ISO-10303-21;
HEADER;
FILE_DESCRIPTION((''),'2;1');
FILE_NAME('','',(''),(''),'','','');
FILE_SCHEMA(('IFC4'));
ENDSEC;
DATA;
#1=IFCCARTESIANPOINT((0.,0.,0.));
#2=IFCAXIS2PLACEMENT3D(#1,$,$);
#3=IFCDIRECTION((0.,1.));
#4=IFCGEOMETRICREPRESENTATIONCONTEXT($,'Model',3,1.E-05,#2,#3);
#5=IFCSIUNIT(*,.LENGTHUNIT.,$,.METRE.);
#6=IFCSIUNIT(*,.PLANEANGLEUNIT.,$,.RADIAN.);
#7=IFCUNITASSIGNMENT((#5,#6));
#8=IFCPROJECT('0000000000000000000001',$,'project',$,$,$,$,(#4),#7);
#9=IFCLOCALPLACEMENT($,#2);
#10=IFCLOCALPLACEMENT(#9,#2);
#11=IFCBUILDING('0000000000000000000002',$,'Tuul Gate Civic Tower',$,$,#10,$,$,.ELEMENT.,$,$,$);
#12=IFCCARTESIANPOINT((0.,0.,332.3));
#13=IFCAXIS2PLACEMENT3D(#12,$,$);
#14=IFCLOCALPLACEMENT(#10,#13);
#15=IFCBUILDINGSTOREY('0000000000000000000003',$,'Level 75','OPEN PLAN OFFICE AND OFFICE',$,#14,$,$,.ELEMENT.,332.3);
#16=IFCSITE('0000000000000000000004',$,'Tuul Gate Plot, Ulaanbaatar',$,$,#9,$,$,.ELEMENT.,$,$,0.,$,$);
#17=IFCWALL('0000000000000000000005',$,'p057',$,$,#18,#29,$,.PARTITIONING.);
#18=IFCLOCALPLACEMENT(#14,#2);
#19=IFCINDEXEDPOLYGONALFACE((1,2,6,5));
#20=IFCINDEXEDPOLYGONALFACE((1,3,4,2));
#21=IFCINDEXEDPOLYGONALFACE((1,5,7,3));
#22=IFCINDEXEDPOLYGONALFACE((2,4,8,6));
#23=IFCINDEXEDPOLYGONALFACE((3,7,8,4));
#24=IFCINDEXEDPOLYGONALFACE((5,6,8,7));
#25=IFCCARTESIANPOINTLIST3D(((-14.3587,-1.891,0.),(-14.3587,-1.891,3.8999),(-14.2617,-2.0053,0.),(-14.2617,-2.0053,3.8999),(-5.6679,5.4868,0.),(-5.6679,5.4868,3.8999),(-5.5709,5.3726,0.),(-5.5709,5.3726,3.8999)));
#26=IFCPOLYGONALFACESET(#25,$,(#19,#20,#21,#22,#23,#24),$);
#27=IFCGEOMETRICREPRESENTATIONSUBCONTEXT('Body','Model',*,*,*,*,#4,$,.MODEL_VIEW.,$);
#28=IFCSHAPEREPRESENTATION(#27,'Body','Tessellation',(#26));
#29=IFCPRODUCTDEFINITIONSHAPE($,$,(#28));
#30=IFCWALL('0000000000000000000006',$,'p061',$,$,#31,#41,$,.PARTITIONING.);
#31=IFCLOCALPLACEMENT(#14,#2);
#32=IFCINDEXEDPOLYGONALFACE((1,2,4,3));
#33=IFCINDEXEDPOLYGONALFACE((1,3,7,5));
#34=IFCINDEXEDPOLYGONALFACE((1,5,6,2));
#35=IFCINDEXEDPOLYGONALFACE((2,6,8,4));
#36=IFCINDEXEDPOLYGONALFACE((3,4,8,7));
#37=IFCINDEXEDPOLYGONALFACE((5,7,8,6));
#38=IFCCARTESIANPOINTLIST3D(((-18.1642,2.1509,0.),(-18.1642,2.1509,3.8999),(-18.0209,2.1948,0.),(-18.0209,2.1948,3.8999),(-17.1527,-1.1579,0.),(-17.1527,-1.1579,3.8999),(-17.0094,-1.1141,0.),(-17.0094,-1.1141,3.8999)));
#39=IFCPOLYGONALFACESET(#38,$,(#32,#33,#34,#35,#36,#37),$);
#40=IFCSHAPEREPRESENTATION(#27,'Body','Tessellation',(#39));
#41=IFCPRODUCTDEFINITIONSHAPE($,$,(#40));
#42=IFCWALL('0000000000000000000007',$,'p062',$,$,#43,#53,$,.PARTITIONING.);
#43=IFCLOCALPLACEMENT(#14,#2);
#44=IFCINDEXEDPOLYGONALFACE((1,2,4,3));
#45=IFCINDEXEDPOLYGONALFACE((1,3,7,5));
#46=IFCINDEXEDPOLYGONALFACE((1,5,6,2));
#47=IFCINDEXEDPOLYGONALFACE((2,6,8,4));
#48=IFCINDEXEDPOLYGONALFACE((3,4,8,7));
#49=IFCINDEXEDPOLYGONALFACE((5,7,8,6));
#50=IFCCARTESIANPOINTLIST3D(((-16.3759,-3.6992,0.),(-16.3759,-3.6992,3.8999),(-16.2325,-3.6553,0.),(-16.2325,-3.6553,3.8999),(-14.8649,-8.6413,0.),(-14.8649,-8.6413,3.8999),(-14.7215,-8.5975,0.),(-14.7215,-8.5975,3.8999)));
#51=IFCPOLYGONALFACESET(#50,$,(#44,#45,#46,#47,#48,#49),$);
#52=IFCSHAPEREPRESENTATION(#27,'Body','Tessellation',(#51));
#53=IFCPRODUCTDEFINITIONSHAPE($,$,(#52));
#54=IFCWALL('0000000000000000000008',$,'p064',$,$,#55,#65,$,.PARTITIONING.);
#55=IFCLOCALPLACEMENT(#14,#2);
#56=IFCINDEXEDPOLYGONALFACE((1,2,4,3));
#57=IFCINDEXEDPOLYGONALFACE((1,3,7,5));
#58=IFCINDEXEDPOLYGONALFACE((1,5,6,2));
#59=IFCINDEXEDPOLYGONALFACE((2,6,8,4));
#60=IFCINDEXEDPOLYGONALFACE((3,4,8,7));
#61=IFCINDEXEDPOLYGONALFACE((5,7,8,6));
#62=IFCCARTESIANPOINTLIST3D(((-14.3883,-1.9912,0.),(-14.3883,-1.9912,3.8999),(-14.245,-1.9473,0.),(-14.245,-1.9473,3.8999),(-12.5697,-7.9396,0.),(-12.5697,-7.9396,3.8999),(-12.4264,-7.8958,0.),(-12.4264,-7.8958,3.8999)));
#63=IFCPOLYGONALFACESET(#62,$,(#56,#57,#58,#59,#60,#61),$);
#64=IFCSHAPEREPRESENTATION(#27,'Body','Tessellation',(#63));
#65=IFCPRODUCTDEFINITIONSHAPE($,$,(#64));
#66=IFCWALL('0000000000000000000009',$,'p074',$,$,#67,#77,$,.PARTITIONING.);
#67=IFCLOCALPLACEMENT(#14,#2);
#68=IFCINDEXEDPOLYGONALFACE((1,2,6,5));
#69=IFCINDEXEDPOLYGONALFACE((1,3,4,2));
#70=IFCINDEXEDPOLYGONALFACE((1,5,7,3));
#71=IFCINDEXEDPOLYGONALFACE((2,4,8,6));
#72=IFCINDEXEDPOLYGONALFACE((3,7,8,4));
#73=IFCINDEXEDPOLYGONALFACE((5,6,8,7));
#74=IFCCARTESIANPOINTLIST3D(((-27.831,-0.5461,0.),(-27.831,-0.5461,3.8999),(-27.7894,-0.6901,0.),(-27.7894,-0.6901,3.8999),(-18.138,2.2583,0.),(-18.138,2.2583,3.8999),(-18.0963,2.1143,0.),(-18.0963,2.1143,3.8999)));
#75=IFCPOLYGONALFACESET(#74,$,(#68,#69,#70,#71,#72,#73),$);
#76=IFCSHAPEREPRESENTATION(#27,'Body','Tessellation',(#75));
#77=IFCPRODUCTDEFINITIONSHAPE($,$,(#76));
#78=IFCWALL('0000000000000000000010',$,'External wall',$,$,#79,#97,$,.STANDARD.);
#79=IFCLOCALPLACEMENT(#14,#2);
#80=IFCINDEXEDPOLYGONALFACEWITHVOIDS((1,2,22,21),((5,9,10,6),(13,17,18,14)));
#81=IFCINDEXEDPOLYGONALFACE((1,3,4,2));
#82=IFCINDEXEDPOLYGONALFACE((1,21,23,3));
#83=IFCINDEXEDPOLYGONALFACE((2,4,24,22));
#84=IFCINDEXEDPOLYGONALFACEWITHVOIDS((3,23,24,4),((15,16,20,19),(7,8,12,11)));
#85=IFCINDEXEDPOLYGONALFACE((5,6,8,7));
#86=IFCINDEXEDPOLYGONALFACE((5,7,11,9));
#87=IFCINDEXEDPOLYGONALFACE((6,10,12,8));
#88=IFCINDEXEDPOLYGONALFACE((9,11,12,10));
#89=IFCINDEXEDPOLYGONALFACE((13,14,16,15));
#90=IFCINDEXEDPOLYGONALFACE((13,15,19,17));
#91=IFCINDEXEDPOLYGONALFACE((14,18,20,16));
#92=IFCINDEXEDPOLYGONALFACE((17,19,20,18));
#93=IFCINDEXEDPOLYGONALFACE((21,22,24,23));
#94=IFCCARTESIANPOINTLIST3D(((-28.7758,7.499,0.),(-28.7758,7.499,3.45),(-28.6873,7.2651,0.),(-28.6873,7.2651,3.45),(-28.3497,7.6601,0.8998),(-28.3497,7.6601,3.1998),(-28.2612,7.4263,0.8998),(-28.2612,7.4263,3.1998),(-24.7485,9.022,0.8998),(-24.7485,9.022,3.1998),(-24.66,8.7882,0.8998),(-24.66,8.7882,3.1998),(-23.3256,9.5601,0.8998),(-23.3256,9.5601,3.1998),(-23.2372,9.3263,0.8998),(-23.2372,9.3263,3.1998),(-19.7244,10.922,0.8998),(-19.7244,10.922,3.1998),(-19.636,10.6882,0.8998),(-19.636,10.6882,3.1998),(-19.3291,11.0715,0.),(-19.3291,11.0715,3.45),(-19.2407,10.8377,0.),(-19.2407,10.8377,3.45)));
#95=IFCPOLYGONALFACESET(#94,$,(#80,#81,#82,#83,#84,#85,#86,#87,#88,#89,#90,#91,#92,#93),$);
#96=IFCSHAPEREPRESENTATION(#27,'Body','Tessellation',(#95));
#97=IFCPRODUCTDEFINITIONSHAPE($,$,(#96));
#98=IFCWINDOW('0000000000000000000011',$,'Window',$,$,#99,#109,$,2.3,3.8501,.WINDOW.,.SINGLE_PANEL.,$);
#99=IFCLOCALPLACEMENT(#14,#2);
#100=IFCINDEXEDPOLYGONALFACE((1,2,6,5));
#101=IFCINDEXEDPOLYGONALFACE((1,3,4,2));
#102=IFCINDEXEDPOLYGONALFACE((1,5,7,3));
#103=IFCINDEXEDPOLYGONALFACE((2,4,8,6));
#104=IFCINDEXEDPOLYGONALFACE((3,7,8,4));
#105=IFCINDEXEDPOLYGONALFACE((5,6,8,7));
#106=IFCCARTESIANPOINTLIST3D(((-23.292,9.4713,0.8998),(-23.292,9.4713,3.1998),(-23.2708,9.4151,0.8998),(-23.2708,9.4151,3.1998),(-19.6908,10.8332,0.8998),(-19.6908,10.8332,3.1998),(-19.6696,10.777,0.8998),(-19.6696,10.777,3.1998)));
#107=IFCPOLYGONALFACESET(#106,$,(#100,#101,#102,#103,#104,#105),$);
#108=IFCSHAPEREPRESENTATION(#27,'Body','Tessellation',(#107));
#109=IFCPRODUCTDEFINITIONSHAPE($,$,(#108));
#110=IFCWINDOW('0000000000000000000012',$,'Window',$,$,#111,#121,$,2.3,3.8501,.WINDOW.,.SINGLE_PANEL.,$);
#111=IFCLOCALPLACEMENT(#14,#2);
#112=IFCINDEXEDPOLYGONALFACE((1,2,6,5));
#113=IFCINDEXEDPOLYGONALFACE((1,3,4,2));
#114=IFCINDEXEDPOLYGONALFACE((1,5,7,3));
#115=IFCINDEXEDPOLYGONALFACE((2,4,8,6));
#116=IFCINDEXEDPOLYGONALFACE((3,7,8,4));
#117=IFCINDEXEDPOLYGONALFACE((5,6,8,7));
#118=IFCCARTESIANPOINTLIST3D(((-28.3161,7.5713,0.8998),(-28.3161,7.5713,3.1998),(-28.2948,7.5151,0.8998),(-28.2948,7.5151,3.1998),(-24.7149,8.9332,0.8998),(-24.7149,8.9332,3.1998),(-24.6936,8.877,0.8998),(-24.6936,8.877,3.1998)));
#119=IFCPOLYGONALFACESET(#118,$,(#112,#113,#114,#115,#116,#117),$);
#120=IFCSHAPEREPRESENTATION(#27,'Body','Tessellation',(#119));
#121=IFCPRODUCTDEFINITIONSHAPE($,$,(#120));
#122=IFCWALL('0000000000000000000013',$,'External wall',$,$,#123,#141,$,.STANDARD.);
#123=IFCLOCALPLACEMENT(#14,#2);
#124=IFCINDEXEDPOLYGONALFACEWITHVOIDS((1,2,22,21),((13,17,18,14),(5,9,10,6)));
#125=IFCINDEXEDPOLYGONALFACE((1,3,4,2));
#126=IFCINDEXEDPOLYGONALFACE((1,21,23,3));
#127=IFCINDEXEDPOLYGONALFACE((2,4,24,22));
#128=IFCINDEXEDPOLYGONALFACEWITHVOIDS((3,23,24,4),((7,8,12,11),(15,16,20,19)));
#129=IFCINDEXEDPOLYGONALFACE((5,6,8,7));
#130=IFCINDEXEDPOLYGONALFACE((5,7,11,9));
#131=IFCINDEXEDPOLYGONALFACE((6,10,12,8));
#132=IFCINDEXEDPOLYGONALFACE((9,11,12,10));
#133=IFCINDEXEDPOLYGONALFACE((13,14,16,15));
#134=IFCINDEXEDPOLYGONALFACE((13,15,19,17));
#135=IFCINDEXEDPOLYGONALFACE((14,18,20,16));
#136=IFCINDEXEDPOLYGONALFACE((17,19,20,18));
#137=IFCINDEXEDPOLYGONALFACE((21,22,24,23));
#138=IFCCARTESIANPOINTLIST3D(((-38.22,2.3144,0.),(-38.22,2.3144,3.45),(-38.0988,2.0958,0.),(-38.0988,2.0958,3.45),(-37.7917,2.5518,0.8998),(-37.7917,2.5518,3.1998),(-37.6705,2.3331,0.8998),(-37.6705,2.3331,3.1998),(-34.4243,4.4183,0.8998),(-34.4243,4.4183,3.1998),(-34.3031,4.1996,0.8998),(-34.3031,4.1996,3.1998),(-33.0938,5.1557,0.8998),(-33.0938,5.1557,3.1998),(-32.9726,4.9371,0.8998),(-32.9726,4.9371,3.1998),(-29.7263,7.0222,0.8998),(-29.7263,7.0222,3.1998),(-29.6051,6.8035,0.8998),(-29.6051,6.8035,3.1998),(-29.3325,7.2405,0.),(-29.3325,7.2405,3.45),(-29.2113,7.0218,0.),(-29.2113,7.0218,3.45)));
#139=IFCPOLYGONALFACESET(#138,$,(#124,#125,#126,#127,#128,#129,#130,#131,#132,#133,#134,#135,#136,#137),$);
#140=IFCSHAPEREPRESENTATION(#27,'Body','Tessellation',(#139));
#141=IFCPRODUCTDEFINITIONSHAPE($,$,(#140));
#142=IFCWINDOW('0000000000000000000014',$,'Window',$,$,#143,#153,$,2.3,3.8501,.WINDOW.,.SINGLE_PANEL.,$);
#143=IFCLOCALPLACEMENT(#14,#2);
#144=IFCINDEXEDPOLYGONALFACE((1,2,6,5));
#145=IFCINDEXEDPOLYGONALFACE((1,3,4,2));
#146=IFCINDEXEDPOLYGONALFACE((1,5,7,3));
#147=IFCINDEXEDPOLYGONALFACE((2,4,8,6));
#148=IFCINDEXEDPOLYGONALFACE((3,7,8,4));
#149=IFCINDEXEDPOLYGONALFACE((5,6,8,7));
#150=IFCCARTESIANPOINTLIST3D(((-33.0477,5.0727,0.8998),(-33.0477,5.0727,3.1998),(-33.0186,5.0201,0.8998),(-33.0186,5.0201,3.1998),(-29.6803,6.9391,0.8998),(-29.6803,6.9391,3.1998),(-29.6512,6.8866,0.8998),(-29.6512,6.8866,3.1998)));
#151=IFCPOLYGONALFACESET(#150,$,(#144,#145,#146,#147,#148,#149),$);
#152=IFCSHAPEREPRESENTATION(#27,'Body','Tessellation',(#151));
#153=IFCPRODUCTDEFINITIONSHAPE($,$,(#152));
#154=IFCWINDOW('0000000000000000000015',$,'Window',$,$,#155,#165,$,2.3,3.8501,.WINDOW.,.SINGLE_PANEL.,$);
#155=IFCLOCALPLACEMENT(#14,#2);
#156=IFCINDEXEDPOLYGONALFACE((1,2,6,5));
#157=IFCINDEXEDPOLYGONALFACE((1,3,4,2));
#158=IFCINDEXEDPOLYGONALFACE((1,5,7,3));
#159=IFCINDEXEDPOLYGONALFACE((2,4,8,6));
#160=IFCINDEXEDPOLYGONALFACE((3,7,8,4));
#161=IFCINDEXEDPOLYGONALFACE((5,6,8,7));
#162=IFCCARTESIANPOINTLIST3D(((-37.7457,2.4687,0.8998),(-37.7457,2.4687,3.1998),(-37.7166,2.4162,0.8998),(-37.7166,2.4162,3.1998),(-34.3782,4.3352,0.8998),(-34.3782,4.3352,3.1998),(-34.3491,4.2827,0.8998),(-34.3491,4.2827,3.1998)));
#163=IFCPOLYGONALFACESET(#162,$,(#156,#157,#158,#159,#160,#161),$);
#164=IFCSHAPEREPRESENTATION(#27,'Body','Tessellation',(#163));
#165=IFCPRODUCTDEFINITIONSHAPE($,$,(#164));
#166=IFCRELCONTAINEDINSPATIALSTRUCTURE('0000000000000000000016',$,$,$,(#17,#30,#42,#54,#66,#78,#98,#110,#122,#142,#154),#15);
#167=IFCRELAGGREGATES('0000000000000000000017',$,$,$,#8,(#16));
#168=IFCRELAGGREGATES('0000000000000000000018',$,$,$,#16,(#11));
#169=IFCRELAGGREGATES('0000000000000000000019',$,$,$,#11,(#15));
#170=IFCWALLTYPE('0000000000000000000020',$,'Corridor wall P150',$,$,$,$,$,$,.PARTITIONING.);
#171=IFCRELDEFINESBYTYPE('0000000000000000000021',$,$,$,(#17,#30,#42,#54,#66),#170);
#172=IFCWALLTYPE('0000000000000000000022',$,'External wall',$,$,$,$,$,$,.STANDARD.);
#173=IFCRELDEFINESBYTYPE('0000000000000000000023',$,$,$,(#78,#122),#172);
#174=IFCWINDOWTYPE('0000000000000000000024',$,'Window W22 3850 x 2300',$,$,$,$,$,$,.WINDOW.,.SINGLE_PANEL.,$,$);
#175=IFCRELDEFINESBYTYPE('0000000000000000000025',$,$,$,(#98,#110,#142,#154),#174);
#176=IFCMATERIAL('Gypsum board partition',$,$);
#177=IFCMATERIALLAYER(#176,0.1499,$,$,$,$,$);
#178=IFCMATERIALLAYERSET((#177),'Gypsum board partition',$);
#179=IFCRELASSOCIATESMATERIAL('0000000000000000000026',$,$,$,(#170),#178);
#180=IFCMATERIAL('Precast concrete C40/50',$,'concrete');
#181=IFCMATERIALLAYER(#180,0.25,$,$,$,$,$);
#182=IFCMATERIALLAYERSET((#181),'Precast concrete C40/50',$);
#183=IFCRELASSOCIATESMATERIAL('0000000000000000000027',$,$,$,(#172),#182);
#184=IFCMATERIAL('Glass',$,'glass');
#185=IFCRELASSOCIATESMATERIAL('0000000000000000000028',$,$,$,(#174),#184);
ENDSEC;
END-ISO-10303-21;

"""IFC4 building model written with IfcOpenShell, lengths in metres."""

from ifc_helpers import new_model, si_unit, direction, frame, frame_2d, origin, place, context, subcontext, project, spatial, rectangle, extrude, material, layer, layer_set, type_object, element, fill, save


model = new_model("IFC4")

# Units and contexts
model_context = context("Model", 3, precision=1e-05, world=origin(), true_north=direction((0.0, 1.0)))
body_context = subcontext(model_context, "Body", "Model", "MODEL_VIEW")
ifc_project = project(units=[si_unit("LENGTHUNIT", "METRE"), si_unit("PLANEANGLEUNIT", "RADIAN")], contexts=[model_context])

# Site, building, storey
site_placement = place(None, origin())
site = spatial("IfcSite", under=ifc_project, at=site_placement, Name="Tuul Gate Plot, Ulaanbaatar", CompositionType="ELEMENT", RefElevation=0.0)
building_placement = place(site_placement, origin())
building = spatial("IfcBuilding", under=site, at=building_placement, Name="Tuul Gate Civic Tower", CompositionType="ELEMENT")
storey_placement = place(building_placement, frame((0.0, 0.0, 332.3)))
storey = spatial("IfcBuildingStorey", under=building, at=storey_placement, Name="Level 75", Description="OPEN PLAN OFFICE AND OFFICE", CompositionType="ELEMENT", Elevation=332.3)

# Shared definitions
ifc_material_1 = material(Name="Gypsum board partition")
ifc_layer_1 = layer(ifc_material_1, 0.1499)
ifc_layer_set_1 = layer_set([ifc_layer_1], Name="Gypsum board partition")
wall_type_1 = type_object("IfcWallType", Name="Corridor wall P150", PredefinedType="PARTITIONING", material=ifc_layer_set_1)

# Walls
wall_1_placement = place(storey_placement, frame((-14.3103, -1.9482, 0.0), z_axis=(0.0, 0.0, 1.0), x_axis=(0.762344, 0.647172, 0.0)))
element("IfcWall", 1, at=wall_1_placement, inside=storey, type_object=wall_type_1, Name="p057", PredefinedType="PARTITIONING", context=body_context, shape_type="SweptSolid", body=[
    extrude(rectangle(XDim=11.4001, YDim=0.1499, at=frame_2d((5.7002, 0.0))), origin(), (0.0, 0.0, 1.0), 3.8999),
])
wall_2_placement = place(storey_placement, frame((-18.0925, 2.1729, 0.0), z_axis=(0.0, 0.0, 1.0), x_axis=(0.292335, -0.956316, 0.0)))
element("IfcWall", 2, at=wall_2_placement, inside=storey, type_object=wall_type_1, Name="p061", PredefinedType="PARTITIONING", context=body_context, shape_type="SweptSolid", body=[
    extrude(rectangle(XDim=3.46, YDim=0.1499, at=frame_2d((1.73, 0.0))), origin(), (0.0, 0.0, 1.0), 3.8999),
])
wall_3_placement = place(storey_placement, frame((-16.3042, -3.6772, 0.0), z_axis=(0.0, 0.0, 1.0), x_axis=(0.292376, -0.956304, 0.0)))
element("IfcWall", 3, at=wall_3_placement, inside=storey, type_object=wall_type_1, Name="p062", PredefinedType="PARTITIONING", context=body_context, shape_type="SweptSolid", body=[
    extrude(rectangle(XDim=5.168, YDim=0.1499, at=frame_2d((2.584, 0.0))), origin(), (0.0, 0.0, 1.0), 3.8999),
])
wall_4_placement = place(storey_placement, frame((-14.3167, -1.9692, 0.0), z_axis=(0.0, 0.0, 1.0), x_axis=(0.292367, -0.956306, 0.0)))
element("IfcWall", 4, at=wall_4_placement, inside=storey, type_object=wall_type_1, Name="p064", PredefinedType="PARTITIONING", context=body_context, shape_type="SweptSolid", body=[
    extrude(rectangle(XDim=6.2202, YDim=0.1499, at=frame_2d((3.1101, 0.0))), origin(), (0.0, 0.0, 1.0), 3.8999),
])
wall_5_placement = place(storey_placement, frame((-27.8103, -0.6182, 0.0), z_axis=(0.0, 0.0, 1.0), x_axis=(0.960603, 0.277925, 0.0)))
element("IfcWall", 5, at=wall_5_placement, inside=storey, type_object=wall_type_1, Name="p074", PredefinedType="PARTITIONING", context=body_context, shape_type="SweptSolid", body=[
    extrude(rectangle(XDim=10.0906, YDim=0.1499, at=frame_2d((5.0454, 0.0))), origin(), (0.0, 0.0, 1.0), 3.8999),
])

# Walls, openings, windows
ifc_material_2 = material(Name="Precast concrete C40/50", Category="concrete")
ifc_layer_2 = layer(ifc_material_2, 0.25)
ifc_layer_set_2 = layer_set([ifc_layer_2], Name="Precast concrete C40/50")
wall_type_2 = type_object("IfcWallType", Name="External wall", PredefinedType="STANDARD", material=ifc_layer_set_2)
wall_6_placement = place(storey_placement, frame((-19.2849, 10.9546, 0.0), z_axis=(0.0, 0.0, 1.0), x_axis=(-0.935347, -0.353731, 0.0)))
wall_6 = element("IfcWall", 6, at=wall_6_placement, inside=storey, type_object=wall_type_2, Name="External wall", PredefinedType="STANDARD", context=body_context, shape_type="SweptSolid", body=[
    extrude(rectangle(XDim=10.0996, YDim=0.25, at=frame_2d((5.0498, 0.0))), origin(), (0.0, 0.0, 1.0), 3.45),
])
opening_1_placement = place(wall_6_placement, frame((0.4226, 0.0, 0.8999)))
opening_1 = element("IfcOpeningElement", 7, at=opening_1_placement, cuts=wall_6, PredefinedType="OPENING", context=body_context, shape_type="SweptSolid", body=[
    extrude(rectangle(XDim=3.8501, YDim=2.3, at=frame_2d((1.925, 1.1499))), frame((0.0, 0.135, 0.0), z_axis=(0.0, -1.0, 0.0), x_axis=(1.0, 0.0, 0.0)), (0.0, 0.0, 1.0), 0.27),
])
opening_2_placement = place(wall_6_placement, frame((5.7939, 0.0, 0.8999)))
opening_2 = element("IfcOpeningElement", 8, at=opening_2_placement, cuts=wall_6, PredefinedType="OPENING", context=body_context, shape_type="SweptSolid", body=[
    extrude(rectangle(XDim=3.8501, YDim=2.3, at=frame_2d((1.925, 1.1499))), frame((0.0, 0.135, 0.0), z_axis=(0.0, -1.0, 0.0), x_axis=(1.0, 0.0, 0.0)), (0.0, 0.0, 1.0), 0.27),
])
ifc_material_3 = material(Name="Glass", Category="glass")
window_type = type_object("IfcWindowType", Name="Window W22 3850 x 2300", PartitioningType="SINGLE_PANEL", PredefinedType="WINDOW", material=ifc_material_3)
window_1_placement = place(opening_1_placement, origin())
window_1 = element("IfcWindow", 9, at=window_1_placement, inside=storey, type_object=window_type, Name="Window", OverallHeight=2.3, OverallWidth=3.8501, PartitioningType="SINGLE_PANEL", PredefinedType="WINDOW", context=body_context, shape_type="SweptSolid", body=[
    extrude(rectangle(XDim=3.8501, YDim=2.3, at=frame_2d((1.925, 1.1499))), frame((0.0, 0.03, 0.0), z_axis=(0.0, -1.0, 0.0), x_axis=(1.0, 0.0, 0.0)), (0.0, 0.0, 1.0), 0.0601),
])
fill(opening_1, window_1)
window_2_placement = place(opening_2_placement, origin())
window_2 = element("IfcWindow", 10, at=window_2_placement, inside=storey, type_object=window_type, Name="Window", OverallHeight=2.3, OverallWidth=3.8501, PartitioningType="SINGLE_PANEL", PredefinedType="WINDOW", context=body_context, shape_type="SweptSolid", body=[
    extrude(rectangle(XDim=3.8501, YDim=2.3, at=frame_2d((1.925, 1.1499))), frame((0.0, 0.03, 0.0), z_axis=(0.0, -1.0, 0.0), x_axis=(1.0, 0.0, 0.0)), (0.0, 0.0, 1.0), 0.0601),
])
fill(opening_2, window_2)
wall_7_placement = place(storey_placement, frame((-29.272, 7.1311, 0.0), z_axis=(0.0, 0.0, 1.0), x_axis=(-0.874635, -0.484782, 0.0)))
wall_7 = element("IfcWall", 11, at=wall_7_placement, inside=storey, type_object=wall_type_2, Name="External wall", PredefinedType="STANDARD", context=body_context, shape_type="SweptSolid", body=[
    extrude(rectangle(XDim=10.1614, YDim=0.25, at=frame_2d((5.0806, 0.0))), origin(), (0.0, 0.0, 1.0), 3.45),
])
opening_3_placement = place(wall_7_placement, frame((0.4502, 0.0, 0.8999)))
opening_3 = element("IfcOpeningElement", 12, at=opening_3_placement, cuts=wall_7, PredefinedType="OPENING", context=body_context, shape_type="SweptSolid", body=[
    extrude(rectangle(XDim=3.8501, YDim=2.3, at=frame_2d((1.925, 1.1499))), frame((0.0, 0.135, 0.0), z_axis=(0.0, -1.0, 0.0), x_axis=(1.0, 0.0, 0.0)), (0.0, 0.0, 1.0), 0.27),
])
opening_4_placement = place(wall_7_placement, frame((5.8215, 0.0, 0.8999)))
opening_4 = element("IfcOpeningElement", 13, at=opening_4_placement, cuts=wall_7, PredefinedType="OPENING", context=body_context, shape_type="SweptSolid", body=[
    extrude(rectangle(XDim=3.8501, YDim=2.3, at=frame_2d((1.925, 1.1499))), frame((0.0, 0.135, 0.0), z_axis=(0.0, -1.0, 0.0), x_axis=(1.0, 0.0, 0.0)), (0.0, 0.0, 1.0), 0.27),
])
window_3_placement = place(opening_3_placement, origin())
window_3 = element("IfcWindow", 14, at=window_3_placement, inside=storey, type_object=window_type, Name="Window", OverallHeight=2.3, OverallWidth=3.8501, PartitioningType="SINGLE_PANEL", PredefinedType="WINDOW", context=body_context, shape_type="SweptSolid", body=[
    extrude(rectangle(XDim=3.8501, YDim=2.3, at=frame_2d((1.925, 1.1499))), frame((0.0, 0.03, 0.0), z_axis=(0.0, -1.0, 0.0), x_axis=(1.0, 0.0, 0.0)), (0.0, 0.0, 1.0), 0.0601),
])
fill(opening_3, window_3)
window_4_placement = place(opening_4_placement, origin())
window_4 = element("IfcWindow", 15, at=window_4_placement, inside=storey, type_object=window_type, Name="Window", OverallHeight=2.3, OverallWidth=3.8501, PartitioningType="SINGLE_PANEL", PredefinedType="WINDOW", context=body_context, shape_type="SweptSolid", body=[
    extrude(rectangle(XDim=3.8501, YDim=2.3, at=frame_2d((1.925, 1.1499))), frame((0.0, 0.03, 0.0), z_axis=(0.0, -1.0, 0.0), x_axis=(1.0, 0.0, 0.0)), (0.0, 0.0, 1.0), 0.0601),
])
fill(opening_4, window_4)

save(model, "model.ifc")
